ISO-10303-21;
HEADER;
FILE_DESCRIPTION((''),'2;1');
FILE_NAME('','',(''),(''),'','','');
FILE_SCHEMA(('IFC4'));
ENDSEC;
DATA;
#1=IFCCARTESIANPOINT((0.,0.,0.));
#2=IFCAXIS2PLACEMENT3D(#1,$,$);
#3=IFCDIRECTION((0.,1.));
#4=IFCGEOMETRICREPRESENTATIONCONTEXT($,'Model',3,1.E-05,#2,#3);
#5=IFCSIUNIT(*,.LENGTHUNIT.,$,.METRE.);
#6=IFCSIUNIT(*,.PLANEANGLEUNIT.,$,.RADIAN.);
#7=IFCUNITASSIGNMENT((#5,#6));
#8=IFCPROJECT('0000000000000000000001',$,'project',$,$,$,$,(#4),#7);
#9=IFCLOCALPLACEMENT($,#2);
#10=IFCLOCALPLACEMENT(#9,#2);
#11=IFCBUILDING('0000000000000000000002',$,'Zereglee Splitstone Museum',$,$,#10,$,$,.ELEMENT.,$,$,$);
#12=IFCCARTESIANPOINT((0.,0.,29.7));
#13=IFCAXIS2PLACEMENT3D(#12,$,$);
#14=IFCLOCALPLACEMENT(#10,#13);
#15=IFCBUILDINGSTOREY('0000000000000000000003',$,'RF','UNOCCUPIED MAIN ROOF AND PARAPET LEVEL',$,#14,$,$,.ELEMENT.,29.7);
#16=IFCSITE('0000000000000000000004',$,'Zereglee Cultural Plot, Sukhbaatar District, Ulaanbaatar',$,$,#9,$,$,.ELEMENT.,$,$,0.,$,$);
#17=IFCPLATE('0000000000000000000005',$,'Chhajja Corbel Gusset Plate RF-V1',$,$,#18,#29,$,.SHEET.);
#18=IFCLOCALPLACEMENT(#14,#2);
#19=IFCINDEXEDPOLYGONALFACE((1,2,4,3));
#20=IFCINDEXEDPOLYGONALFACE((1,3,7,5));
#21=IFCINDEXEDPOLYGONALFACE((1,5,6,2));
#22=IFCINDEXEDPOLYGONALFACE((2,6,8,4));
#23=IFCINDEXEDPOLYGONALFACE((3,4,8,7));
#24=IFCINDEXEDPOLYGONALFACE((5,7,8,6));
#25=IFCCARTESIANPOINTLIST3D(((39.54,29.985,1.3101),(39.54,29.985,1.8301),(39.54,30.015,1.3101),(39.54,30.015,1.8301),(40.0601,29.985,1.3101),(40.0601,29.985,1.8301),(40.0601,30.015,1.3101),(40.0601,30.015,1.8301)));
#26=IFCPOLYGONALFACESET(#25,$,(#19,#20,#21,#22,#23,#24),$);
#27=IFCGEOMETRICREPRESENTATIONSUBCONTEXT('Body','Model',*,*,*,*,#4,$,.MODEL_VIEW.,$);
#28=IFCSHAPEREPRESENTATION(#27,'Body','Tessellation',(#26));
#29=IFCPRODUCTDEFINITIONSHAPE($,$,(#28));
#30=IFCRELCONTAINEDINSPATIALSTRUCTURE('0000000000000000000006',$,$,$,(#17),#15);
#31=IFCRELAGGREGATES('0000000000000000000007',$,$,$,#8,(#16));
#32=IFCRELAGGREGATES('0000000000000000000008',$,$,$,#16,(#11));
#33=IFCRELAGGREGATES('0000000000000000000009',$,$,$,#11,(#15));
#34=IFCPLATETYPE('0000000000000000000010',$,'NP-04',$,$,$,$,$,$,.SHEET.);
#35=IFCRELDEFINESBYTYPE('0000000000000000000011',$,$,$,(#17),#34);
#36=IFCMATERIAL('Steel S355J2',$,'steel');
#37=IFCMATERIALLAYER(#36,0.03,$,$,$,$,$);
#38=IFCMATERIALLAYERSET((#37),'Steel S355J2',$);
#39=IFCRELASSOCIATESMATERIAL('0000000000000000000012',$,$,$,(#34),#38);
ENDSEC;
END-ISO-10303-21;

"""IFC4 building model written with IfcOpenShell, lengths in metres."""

from ifc_helpers import new_model, si_unit, direction, frame, origin, origin_2d, place, context, subcontext, project, spatial, rectangle, extrude, material, layer, layer_set, type_object, element, save


model = new_model("IFC4")

# Units and contexts
model_context = context("Model", 3, precision=1e-05, world=origin(), true_north=direction((0.0, 1.0)))
body_context = subcontext(model_context, "Body", "Model", "MODEL_VIEW")
ifc_project = project(units=[si_unit("LENGTHUNIT", "METRE"), si_unit("PLANEANGLEUNIT", "RADIAN")], contexts=[model_context])

# Site, building, storey
site_placement = place(None, origin())
site = spatial("IfcSite", under=ifc_project, at=site_placement, Name="Zereglee Cultural Plot, Sukhbaatar District, Ulaanbaatar", CompositionType="ELEMENT", RefElevation=0.0)
building_placement = place(site_placement, origin())
building = spatial("IfcBuilding", under=site, at=building_placement, Name="Zereglee Splitstone Museum", CompositionType="ELEMENT")
storey_placement = place(building_placement, frame((0.0, 0.0, 29.7)))
storey = spatial("IfcBuildingStorey", under=building, at=storey_placement, Name="RF", Description="UNOCCUPIED MAIN ROOF AND PARAPET LEVEL", CompositionType="ELEMENT", Elevation=29.7)

# Shared definitions
ifc_material_1 = material(Name="Steel S355J2", Category="steel")

# Plate
ifc_layer = layer(ifc_material_1, 0.03)
ifc_layer_set = layer_set([ifc_layer], Name="Steel S355J2")
plate_type = type_object("IfcPlateType", Name="NP-04", PredefinedType="SHEET", material=ifc_layer_set)
for number, where, z_axis, x_axis, name in (
    (1, (39.8, 30.0, 1.3101), (0.0, 0.0, 1.0), (1.0, 0.0, 0.0), "Chhajja Corbel Gusset Plate RF-V1"),
):
    element("IfcPlate", number, at=place(storey_placement, frame(where, z_axis=z_axis, x_axis=x_axis)), inside=storey, type_object=plate_type, Name=name, PredefinedType="SHEET", context=body_context, shape_type="SweptSolid", body=[
        extrude(rectangle(XDim=0.52, YDim=0.03, at=origin_2d()), origin(), (0.0, 0.0, 1.0), 0.52),
    ])

save(model, "model.ifc")
